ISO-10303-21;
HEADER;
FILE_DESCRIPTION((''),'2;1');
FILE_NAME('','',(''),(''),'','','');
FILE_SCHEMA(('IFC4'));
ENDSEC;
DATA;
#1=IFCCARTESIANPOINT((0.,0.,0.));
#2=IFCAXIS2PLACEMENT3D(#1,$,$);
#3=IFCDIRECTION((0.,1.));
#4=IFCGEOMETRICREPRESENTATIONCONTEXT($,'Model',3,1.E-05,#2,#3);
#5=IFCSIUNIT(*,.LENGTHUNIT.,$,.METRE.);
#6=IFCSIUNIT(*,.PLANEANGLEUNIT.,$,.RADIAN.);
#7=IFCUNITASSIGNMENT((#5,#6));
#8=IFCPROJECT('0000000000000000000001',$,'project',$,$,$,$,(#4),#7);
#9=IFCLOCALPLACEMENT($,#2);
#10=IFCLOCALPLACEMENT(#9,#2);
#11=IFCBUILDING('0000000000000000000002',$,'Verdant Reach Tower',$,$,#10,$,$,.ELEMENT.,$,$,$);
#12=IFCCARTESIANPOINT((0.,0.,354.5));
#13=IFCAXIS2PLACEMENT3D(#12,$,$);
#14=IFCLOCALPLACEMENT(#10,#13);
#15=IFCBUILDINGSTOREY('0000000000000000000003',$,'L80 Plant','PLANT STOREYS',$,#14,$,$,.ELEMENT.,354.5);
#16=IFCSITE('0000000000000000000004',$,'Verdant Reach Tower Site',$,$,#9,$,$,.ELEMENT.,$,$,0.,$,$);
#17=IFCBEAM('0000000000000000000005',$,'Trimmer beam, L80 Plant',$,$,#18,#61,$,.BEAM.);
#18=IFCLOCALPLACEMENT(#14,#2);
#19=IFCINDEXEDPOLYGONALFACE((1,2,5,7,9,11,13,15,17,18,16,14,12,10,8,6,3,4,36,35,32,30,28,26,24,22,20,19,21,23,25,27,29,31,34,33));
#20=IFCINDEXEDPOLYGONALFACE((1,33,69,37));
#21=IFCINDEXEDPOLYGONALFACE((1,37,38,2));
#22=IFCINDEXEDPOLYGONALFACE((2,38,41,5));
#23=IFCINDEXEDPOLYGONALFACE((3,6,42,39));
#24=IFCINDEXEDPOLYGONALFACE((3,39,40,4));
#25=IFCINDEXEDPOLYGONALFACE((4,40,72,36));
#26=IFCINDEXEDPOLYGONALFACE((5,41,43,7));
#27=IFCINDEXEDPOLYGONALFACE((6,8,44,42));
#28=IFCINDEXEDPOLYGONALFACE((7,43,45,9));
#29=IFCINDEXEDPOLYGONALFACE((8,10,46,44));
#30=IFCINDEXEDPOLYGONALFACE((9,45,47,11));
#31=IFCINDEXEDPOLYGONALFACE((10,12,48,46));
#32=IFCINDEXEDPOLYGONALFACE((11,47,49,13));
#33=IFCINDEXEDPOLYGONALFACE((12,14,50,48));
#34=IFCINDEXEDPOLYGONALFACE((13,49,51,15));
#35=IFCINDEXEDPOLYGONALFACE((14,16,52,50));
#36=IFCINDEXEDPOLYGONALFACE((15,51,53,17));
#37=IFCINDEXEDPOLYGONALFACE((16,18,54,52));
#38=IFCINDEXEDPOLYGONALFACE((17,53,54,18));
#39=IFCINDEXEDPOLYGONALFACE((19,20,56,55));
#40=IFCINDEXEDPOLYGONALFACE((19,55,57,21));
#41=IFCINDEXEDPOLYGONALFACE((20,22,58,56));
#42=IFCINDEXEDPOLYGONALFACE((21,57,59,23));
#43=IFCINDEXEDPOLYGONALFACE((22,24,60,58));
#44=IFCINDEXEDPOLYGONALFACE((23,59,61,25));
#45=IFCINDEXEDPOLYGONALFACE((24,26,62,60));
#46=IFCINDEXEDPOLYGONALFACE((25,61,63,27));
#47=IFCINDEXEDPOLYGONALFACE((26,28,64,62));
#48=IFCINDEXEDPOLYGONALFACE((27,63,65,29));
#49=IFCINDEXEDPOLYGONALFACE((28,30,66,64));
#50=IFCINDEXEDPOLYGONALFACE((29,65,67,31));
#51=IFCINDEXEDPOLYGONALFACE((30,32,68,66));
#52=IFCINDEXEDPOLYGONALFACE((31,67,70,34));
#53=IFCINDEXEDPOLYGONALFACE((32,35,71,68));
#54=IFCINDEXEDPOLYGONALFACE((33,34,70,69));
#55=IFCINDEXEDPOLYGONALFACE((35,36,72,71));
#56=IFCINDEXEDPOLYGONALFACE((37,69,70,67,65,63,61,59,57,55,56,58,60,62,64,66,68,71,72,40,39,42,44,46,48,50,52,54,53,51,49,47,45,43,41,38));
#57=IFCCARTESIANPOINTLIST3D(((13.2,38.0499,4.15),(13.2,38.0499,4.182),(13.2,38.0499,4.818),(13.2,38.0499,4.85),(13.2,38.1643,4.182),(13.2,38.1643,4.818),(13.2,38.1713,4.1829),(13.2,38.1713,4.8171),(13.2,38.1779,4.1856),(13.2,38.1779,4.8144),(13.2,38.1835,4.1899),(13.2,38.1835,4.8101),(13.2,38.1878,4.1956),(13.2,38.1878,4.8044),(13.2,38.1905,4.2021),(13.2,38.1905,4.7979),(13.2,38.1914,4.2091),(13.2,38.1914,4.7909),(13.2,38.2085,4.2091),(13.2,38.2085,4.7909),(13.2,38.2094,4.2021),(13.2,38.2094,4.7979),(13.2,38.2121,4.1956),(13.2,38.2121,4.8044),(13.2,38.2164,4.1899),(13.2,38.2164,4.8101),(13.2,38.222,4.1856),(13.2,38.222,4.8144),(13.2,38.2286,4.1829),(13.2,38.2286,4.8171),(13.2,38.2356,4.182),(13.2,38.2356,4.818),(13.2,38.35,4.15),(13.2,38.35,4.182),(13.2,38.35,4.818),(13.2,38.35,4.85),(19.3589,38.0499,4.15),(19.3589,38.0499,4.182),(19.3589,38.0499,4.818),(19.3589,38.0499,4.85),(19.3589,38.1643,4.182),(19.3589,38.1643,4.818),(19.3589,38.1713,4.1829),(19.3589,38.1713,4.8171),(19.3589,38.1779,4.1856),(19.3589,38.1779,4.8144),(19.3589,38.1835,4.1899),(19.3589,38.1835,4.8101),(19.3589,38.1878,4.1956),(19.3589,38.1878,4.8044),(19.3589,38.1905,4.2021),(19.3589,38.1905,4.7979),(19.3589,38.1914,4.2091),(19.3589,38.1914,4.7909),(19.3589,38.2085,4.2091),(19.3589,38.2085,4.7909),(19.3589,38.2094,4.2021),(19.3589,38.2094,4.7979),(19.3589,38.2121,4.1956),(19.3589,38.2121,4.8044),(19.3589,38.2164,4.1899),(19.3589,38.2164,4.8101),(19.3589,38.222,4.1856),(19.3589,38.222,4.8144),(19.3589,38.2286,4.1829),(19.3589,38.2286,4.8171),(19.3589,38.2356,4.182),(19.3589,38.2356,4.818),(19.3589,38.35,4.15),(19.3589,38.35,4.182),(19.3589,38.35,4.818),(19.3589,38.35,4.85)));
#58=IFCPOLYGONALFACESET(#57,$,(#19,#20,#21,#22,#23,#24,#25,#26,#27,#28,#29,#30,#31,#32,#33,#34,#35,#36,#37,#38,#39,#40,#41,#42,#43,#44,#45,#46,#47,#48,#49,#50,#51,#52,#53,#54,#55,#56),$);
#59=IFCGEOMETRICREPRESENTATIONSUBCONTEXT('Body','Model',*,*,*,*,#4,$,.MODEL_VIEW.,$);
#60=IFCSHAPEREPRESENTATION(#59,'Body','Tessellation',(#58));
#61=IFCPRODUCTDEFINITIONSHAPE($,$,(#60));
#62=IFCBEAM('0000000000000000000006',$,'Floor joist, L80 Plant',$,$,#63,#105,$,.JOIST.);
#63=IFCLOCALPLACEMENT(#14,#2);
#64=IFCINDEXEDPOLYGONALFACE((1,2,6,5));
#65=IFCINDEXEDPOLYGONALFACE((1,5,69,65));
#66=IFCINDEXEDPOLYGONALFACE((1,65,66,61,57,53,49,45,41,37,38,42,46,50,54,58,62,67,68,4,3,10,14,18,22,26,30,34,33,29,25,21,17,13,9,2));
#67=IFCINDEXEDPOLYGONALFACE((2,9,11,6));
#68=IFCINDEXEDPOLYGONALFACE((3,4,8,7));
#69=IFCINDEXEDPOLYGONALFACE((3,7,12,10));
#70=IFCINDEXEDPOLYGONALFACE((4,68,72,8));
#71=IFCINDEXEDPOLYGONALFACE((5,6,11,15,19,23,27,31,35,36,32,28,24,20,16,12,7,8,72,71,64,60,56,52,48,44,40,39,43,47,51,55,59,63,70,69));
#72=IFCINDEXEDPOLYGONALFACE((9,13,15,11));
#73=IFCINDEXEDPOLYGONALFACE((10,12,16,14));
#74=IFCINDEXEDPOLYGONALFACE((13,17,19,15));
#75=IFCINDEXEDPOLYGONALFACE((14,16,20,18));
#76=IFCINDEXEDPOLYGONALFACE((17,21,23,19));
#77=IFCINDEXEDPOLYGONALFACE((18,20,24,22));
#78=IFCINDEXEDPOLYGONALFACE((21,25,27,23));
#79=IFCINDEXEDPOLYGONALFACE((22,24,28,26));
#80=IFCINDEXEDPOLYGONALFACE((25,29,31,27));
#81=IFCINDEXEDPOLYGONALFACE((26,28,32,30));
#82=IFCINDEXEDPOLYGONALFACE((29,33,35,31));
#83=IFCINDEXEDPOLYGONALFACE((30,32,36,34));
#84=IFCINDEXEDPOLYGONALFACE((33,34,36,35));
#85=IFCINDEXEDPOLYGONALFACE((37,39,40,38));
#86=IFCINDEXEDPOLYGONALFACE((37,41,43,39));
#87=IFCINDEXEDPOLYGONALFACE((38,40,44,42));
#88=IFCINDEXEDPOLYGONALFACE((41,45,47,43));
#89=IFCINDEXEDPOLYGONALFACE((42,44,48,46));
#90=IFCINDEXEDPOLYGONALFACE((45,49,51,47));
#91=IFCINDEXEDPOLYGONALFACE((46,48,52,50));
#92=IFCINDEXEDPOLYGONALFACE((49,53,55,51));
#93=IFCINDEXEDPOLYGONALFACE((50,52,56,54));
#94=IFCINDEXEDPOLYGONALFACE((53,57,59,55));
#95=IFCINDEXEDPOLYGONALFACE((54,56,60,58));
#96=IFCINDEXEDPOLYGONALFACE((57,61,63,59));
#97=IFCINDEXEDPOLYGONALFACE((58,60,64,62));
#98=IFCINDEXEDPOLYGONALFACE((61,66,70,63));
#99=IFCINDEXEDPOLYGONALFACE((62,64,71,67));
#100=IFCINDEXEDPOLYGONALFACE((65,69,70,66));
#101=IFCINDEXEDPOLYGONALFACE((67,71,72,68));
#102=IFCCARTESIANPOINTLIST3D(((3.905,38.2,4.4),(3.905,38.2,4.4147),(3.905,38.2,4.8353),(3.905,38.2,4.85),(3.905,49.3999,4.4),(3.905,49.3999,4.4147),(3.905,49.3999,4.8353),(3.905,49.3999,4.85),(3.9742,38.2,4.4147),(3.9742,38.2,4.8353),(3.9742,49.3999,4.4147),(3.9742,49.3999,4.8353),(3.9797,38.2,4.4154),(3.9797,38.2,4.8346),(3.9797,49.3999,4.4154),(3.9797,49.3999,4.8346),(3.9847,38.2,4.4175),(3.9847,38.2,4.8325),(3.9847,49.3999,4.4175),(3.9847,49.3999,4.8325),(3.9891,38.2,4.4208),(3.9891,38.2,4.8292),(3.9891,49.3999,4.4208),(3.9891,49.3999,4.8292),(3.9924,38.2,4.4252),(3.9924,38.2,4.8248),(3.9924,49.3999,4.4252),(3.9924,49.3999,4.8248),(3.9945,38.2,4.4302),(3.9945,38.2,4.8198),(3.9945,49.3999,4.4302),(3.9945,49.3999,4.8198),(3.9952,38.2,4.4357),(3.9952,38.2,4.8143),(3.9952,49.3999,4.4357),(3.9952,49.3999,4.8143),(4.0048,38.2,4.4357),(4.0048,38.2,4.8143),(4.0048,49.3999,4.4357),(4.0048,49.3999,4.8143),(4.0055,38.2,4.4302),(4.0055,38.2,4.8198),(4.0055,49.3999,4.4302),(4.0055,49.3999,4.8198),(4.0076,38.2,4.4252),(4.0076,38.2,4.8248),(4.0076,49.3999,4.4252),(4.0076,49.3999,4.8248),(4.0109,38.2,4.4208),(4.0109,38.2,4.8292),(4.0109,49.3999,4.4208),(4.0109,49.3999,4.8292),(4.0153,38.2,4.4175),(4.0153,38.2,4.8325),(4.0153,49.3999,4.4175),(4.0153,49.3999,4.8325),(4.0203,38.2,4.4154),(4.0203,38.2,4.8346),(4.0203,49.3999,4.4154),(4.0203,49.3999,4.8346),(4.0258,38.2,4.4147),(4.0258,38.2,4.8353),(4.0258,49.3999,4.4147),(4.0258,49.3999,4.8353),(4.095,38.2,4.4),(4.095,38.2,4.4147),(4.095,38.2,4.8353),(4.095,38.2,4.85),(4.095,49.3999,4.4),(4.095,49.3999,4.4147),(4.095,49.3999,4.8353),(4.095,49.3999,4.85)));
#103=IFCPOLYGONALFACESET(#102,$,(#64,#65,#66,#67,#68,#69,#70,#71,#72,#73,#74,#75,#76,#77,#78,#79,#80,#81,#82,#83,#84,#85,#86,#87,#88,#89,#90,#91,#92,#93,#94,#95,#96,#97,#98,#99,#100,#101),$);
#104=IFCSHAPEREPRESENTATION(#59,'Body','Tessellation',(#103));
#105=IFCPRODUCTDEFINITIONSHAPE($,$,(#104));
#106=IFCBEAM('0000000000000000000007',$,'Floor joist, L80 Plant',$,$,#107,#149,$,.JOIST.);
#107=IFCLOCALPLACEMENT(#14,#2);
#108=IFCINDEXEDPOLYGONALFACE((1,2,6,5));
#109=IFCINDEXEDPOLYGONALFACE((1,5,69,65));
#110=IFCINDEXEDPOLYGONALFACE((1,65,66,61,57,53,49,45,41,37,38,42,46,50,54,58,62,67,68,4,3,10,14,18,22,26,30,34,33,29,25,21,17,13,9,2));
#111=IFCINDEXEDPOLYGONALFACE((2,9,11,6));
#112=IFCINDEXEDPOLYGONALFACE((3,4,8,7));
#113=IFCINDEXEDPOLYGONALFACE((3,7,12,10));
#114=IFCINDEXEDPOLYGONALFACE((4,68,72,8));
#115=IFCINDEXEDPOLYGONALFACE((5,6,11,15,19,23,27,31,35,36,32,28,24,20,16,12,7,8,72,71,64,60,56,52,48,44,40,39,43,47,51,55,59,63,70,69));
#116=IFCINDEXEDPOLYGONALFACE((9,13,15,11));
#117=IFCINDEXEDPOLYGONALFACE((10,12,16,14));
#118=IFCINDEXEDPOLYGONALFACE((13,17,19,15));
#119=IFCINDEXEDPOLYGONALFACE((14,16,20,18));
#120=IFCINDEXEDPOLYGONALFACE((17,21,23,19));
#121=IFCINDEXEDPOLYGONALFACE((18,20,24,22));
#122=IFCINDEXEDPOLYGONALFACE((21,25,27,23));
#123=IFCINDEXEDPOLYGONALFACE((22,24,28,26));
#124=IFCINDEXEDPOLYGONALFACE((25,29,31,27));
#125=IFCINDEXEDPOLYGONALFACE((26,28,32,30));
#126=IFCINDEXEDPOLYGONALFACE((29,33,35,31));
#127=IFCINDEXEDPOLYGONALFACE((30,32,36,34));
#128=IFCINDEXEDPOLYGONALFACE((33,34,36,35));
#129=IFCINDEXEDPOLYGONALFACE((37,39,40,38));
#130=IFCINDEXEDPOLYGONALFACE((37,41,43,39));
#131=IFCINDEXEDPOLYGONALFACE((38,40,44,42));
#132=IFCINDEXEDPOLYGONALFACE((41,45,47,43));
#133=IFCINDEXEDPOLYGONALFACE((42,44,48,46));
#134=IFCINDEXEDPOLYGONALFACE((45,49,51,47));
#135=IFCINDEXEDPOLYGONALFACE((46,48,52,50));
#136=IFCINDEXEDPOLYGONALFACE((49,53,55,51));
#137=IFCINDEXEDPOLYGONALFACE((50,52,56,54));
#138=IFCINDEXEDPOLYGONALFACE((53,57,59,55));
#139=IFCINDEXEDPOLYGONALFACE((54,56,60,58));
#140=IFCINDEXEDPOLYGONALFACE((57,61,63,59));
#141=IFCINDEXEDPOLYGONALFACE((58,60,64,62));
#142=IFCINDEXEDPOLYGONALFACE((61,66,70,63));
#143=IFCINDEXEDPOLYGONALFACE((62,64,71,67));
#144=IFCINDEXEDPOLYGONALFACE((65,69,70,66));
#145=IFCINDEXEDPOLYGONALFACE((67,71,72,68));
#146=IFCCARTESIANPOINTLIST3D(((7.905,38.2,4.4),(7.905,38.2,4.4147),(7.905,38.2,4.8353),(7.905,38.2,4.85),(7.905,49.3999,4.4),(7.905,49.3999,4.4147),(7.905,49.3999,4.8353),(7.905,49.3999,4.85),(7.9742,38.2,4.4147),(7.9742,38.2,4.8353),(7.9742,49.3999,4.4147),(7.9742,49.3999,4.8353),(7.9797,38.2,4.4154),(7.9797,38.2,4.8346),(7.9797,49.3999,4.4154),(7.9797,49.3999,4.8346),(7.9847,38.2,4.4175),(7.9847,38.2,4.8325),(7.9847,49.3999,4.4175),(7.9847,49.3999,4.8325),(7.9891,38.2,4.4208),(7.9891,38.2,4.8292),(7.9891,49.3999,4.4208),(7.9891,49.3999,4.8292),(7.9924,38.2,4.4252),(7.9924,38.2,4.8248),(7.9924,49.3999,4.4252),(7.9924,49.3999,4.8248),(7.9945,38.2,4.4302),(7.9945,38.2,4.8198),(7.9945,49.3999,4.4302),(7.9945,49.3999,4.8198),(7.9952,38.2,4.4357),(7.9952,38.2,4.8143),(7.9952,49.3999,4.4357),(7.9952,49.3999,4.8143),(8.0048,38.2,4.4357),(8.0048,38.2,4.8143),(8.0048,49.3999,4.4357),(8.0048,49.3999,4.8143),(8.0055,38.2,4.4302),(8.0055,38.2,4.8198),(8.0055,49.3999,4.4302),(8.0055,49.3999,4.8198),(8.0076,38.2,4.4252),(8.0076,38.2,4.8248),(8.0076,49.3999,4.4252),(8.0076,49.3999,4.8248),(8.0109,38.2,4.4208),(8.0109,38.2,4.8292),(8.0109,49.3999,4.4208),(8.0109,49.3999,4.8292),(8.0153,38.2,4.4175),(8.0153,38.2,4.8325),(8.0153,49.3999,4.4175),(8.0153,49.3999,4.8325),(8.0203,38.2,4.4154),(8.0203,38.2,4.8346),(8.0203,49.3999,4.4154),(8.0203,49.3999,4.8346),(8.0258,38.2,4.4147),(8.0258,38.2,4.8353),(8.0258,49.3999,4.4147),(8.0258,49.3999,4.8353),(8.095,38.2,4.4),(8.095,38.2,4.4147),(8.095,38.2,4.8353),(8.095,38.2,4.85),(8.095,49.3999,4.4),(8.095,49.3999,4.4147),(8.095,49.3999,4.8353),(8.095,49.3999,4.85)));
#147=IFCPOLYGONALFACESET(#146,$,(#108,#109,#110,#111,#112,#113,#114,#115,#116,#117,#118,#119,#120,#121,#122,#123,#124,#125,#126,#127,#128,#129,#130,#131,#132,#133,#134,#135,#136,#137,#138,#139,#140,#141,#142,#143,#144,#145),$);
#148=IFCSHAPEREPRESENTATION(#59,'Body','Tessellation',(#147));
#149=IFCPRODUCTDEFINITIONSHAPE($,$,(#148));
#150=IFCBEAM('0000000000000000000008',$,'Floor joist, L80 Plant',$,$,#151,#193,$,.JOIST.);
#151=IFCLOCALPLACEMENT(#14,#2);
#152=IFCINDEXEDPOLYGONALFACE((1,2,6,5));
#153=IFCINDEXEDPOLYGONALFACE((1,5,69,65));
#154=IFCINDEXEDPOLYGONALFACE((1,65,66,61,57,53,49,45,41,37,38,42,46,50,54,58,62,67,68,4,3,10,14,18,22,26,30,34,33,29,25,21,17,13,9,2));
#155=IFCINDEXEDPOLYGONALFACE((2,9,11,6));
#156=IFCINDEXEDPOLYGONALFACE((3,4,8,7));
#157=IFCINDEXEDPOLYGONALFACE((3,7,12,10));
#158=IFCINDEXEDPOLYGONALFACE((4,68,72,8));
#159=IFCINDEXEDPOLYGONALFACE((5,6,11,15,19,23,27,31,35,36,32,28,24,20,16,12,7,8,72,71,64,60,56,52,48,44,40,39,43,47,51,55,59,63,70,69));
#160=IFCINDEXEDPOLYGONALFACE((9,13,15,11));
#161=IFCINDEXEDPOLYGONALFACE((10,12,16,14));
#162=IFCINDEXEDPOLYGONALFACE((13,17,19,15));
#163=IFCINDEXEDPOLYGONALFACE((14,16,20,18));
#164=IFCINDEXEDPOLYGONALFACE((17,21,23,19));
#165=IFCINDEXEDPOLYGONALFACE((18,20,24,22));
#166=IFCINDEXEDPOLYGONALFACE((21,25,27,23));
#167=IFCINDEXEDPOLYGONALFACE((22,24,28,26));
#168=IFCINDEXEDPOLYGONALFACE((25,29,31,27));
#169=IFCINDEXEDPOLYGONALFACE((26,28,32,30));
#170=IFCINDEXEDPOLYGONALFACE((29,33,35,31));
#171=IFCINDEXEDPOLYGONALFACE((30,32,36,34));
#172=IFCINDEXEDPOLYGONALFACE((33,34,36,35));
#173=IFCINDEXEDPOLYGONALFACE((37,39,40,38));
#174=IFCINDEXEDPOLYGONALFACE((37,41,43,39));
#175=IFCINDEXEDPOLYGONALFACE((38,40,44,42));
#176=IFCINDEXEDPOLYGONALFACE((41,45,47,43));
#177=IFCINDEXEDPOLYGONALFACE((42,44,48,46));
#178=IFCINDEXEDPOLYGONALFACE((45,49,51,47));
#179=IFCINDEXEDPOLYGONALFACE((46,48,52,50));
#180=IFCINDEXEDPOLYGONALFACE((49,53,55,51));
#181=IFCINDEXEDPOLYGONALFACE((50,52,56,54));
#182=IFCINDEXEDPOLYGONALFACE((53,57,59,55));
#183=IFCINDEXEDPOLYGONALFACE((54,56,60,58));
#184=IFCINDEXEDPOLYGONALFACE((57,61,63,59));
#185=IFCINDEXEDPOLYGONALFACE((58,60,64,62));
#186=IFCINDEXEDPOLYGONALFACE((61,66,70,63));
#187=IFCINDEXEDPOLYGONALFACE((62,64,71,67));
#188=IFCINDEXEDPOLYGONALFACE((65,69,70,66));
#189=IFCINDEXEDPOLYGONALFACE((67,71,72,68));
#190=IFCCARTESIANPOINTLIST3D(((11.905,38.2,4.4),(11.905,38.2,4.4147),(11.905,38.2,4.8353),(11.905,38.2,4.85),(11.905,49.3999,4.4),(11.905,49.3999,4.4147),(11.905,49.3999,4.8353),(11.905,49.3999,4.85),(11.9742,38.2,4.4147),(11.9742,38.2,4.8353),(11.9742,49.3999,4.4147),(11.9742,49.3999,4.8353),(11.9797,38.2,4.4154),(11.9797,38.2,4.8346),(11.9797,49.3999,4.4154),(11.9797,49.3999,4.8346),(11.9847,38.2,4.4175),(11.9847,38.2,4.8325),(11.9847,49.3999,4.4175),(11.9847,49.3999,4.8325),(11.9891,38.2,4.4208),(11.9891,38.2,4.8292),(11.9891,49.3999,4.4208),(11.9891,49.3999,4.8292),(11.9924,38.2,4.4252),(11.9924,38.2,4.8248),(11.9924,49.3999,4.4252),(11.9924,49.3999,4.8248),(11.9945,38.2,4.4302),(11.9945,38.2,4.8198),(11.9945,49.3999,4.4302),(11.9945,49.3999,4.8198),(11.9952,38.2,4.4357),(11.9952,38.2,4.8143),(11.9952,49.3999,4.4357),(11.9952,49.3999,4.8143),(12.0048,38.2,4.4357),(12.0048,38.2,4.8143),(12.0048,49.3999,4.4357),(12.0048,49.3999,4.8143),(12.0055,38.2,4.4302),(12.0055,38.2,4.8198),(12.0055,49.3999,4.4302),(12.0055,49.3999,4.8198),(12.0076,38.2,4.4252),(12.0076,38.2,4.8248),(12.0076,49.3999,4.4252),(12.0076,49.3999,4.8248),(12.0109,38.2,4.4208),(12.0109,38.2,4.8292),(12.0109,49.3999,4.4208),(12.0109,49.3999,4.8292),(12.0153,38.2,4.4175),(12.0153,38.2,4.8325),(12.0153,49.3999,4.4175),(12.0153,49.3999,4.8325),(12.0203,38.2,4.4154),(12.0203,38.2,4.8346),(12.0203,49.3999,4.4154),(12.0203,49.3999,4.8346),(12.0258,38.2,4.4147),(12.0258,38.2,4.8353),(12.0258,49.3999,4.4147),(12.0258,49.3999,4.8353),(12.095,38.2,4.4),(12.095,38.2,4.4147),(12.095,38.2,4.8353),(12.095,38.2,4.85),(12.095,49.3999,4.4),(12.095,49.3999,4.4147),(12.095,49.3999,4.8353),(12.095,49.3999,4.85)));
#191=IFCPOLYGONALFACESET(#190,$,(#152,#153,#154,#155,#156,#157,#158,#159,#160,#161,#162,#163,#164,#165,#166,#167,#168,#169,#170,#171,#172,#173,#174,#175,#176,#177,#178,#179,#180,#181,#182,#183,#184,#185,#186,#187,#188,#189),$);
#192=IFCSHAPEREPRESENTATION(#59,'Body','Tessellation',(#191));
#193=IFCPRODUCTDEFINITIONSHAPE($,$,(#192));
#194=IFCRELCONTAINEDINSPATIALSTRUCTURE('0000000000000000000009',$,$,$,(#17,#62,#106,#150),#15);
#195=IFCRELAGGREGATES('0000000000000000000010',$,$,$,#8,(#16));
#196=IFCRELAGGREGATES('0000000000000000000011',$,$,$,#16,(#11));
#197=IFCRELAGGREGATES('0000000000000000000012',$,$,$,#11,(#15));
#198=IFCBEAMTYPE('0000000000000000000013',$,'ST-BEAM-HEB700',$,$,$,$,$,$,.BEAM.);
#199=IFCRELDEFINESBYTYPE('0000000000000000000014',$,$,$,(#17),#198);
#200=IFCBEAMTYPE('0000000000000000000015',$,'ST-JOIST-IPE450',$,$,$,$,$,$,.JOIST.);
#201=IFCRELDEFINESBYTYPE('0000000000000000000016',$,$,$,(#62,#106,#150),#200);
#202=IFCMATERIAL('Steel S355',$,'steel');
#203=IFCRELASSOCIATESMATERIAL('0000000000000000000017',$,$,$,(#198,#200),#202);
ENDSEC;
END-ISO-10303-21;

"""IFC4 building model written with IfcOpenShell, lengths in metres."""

from ifc_helpers import new_model, si_unit, direction, frame, origin, origin_2d, place, context, subcontext, project, spatial, i_section, extrude, material, material_profile, profile_set, type_object, element, save


model = new_model("IFC4")

# Units and contexts
model_context = context("Model", 3, precision=1e-05, world=origin(), true_north=direction((0.0, 1.0)))
body_context = subcontext(model_context, "Body", "Model", "MODEL_VIEW")
ifc_project = project(units=[si_unit("LENGTHUNIT", "METRE"), si_unit("PLANEANGLEUNIT", "RADIAN")], contexts=[model_context])

# Site, building, storey
site_placement = place(None, origin())
site = spatial("IfcSite", under=ifc_project, at=site_placement, Name="Verdant Reach Tower Site", CompositionType="ELEMENT", RefElevation=0.0)
building_placement = place(site_placement, origin())
building = spatial("IfcBuilding", under=site, at=building_placement, Name="Verdant Reach Tower", CompositionType="ELEMENT")
storey_placement = place(building_placement, frame((0.0, 0.0, 354.5)))
storey = spatial("IfcBuildingStorey", under=building, at=storey_placement, Name="L80 Plant", Description="PLANT STOREYS", CompositionType="ELEMENT", Elevation=354.5)

# Beams
ifc_material_1 = material(Name="Steel S355", Category="steel")
ifc_material_profile_1 = material_profile(ifc_material_1, i_section(OverallWidth=0.3, OverallDepth=0.7, WebThickness=0.0171, FlangeThickness=0.032, FilletRadius=0.0271, at=origin_2d()), Name="HEB 700")
ifc_profile_set_1 = profile_set([ifc_material_profile_1], Name="Steel S355")
beam_type_1 = type_object("IfcBeamType", Name="ST-BEAM-HEB700", PredefinedType="BEAM", material=ifc_profile_set_1)
beam_1_placement = place(storey_placement, frame((13.2, 38.2, 4.5), z_axis=(1.0, 0.0, 0.0), x_axis=(0.0, 1.0, 0.0)))
element("IfcBeam", 1, at=beam_1_placement, inside=storey, type_object=beam_type_1, Name="Trimmer beam, L80 Plant", PredefinedType="BEAM", context=body_context, shape_type="SweptSolid", body=[
    extrude(i_section(OverallWidth=0.3, OverallDepth=0.7, WebThickness=0.0171, FlangeThickness=0.032, FilletRadius=0.0271, at=origin_2d()), origin(), (0.0, 0.0, 1.0), 6.1589),
])
ifc_material_profile_2 = material_profile(ifc_material_1, i_section(OverallWidth=0.1899, OverallDepth=0.45, WebThickness=0.0095, FlangeThickness=0.0146, FilletRadius=0.021, at=origin_2d()), Name="IPE 450")
ifc_profile_set_2 = profile_set([ifc_material_profile_2], Name="Steel S355")
beam_type_2 = type_object("IfcBeamType", Name="ST-JOIST-IPE450", PredefinedType="JOIST", material=ifc_profile_set_2)
for number, where, z_axis, x_axis, name in (
    (2, (4.0, 38.2, 4.625), (0.0, 1.0, 0.0), (-1.0, 0.0, 0.0), "Floor joist, L80 Plant"),
    (3, (8.0, 38.2, 4.625), (0.0, 1.0, 0.0), (-1.0, 0.0, 0.0), "Floor joist, L80 Plant"),
    (4, (12.0, 38.2, 4.625), (0.0, 1.0, 0.0), (-1.0, 0.0, 0.0), "Floor joist, L80 Plant"),
):
    element("IfcBeam", number, at=place(storey_placement, frame(where, z_axis=z_axis, x_axis=x_axis)), inside=storey, type_object=beam_type_2, Name=name, PredefinedType="JOIST", context=body_context, shape_type="SweptSolid", body=[
        extrude(i_section(OverallWidth=0.1899, OverallDepth=0.45, WebThickness=0.0095, FlangeThickness=0.0146, FilletRadius=0.021, at=origin_2d()), origin(), (0.0, 0.0, 1.0), 11.2),
    ])

save(model, "model.ifc")
